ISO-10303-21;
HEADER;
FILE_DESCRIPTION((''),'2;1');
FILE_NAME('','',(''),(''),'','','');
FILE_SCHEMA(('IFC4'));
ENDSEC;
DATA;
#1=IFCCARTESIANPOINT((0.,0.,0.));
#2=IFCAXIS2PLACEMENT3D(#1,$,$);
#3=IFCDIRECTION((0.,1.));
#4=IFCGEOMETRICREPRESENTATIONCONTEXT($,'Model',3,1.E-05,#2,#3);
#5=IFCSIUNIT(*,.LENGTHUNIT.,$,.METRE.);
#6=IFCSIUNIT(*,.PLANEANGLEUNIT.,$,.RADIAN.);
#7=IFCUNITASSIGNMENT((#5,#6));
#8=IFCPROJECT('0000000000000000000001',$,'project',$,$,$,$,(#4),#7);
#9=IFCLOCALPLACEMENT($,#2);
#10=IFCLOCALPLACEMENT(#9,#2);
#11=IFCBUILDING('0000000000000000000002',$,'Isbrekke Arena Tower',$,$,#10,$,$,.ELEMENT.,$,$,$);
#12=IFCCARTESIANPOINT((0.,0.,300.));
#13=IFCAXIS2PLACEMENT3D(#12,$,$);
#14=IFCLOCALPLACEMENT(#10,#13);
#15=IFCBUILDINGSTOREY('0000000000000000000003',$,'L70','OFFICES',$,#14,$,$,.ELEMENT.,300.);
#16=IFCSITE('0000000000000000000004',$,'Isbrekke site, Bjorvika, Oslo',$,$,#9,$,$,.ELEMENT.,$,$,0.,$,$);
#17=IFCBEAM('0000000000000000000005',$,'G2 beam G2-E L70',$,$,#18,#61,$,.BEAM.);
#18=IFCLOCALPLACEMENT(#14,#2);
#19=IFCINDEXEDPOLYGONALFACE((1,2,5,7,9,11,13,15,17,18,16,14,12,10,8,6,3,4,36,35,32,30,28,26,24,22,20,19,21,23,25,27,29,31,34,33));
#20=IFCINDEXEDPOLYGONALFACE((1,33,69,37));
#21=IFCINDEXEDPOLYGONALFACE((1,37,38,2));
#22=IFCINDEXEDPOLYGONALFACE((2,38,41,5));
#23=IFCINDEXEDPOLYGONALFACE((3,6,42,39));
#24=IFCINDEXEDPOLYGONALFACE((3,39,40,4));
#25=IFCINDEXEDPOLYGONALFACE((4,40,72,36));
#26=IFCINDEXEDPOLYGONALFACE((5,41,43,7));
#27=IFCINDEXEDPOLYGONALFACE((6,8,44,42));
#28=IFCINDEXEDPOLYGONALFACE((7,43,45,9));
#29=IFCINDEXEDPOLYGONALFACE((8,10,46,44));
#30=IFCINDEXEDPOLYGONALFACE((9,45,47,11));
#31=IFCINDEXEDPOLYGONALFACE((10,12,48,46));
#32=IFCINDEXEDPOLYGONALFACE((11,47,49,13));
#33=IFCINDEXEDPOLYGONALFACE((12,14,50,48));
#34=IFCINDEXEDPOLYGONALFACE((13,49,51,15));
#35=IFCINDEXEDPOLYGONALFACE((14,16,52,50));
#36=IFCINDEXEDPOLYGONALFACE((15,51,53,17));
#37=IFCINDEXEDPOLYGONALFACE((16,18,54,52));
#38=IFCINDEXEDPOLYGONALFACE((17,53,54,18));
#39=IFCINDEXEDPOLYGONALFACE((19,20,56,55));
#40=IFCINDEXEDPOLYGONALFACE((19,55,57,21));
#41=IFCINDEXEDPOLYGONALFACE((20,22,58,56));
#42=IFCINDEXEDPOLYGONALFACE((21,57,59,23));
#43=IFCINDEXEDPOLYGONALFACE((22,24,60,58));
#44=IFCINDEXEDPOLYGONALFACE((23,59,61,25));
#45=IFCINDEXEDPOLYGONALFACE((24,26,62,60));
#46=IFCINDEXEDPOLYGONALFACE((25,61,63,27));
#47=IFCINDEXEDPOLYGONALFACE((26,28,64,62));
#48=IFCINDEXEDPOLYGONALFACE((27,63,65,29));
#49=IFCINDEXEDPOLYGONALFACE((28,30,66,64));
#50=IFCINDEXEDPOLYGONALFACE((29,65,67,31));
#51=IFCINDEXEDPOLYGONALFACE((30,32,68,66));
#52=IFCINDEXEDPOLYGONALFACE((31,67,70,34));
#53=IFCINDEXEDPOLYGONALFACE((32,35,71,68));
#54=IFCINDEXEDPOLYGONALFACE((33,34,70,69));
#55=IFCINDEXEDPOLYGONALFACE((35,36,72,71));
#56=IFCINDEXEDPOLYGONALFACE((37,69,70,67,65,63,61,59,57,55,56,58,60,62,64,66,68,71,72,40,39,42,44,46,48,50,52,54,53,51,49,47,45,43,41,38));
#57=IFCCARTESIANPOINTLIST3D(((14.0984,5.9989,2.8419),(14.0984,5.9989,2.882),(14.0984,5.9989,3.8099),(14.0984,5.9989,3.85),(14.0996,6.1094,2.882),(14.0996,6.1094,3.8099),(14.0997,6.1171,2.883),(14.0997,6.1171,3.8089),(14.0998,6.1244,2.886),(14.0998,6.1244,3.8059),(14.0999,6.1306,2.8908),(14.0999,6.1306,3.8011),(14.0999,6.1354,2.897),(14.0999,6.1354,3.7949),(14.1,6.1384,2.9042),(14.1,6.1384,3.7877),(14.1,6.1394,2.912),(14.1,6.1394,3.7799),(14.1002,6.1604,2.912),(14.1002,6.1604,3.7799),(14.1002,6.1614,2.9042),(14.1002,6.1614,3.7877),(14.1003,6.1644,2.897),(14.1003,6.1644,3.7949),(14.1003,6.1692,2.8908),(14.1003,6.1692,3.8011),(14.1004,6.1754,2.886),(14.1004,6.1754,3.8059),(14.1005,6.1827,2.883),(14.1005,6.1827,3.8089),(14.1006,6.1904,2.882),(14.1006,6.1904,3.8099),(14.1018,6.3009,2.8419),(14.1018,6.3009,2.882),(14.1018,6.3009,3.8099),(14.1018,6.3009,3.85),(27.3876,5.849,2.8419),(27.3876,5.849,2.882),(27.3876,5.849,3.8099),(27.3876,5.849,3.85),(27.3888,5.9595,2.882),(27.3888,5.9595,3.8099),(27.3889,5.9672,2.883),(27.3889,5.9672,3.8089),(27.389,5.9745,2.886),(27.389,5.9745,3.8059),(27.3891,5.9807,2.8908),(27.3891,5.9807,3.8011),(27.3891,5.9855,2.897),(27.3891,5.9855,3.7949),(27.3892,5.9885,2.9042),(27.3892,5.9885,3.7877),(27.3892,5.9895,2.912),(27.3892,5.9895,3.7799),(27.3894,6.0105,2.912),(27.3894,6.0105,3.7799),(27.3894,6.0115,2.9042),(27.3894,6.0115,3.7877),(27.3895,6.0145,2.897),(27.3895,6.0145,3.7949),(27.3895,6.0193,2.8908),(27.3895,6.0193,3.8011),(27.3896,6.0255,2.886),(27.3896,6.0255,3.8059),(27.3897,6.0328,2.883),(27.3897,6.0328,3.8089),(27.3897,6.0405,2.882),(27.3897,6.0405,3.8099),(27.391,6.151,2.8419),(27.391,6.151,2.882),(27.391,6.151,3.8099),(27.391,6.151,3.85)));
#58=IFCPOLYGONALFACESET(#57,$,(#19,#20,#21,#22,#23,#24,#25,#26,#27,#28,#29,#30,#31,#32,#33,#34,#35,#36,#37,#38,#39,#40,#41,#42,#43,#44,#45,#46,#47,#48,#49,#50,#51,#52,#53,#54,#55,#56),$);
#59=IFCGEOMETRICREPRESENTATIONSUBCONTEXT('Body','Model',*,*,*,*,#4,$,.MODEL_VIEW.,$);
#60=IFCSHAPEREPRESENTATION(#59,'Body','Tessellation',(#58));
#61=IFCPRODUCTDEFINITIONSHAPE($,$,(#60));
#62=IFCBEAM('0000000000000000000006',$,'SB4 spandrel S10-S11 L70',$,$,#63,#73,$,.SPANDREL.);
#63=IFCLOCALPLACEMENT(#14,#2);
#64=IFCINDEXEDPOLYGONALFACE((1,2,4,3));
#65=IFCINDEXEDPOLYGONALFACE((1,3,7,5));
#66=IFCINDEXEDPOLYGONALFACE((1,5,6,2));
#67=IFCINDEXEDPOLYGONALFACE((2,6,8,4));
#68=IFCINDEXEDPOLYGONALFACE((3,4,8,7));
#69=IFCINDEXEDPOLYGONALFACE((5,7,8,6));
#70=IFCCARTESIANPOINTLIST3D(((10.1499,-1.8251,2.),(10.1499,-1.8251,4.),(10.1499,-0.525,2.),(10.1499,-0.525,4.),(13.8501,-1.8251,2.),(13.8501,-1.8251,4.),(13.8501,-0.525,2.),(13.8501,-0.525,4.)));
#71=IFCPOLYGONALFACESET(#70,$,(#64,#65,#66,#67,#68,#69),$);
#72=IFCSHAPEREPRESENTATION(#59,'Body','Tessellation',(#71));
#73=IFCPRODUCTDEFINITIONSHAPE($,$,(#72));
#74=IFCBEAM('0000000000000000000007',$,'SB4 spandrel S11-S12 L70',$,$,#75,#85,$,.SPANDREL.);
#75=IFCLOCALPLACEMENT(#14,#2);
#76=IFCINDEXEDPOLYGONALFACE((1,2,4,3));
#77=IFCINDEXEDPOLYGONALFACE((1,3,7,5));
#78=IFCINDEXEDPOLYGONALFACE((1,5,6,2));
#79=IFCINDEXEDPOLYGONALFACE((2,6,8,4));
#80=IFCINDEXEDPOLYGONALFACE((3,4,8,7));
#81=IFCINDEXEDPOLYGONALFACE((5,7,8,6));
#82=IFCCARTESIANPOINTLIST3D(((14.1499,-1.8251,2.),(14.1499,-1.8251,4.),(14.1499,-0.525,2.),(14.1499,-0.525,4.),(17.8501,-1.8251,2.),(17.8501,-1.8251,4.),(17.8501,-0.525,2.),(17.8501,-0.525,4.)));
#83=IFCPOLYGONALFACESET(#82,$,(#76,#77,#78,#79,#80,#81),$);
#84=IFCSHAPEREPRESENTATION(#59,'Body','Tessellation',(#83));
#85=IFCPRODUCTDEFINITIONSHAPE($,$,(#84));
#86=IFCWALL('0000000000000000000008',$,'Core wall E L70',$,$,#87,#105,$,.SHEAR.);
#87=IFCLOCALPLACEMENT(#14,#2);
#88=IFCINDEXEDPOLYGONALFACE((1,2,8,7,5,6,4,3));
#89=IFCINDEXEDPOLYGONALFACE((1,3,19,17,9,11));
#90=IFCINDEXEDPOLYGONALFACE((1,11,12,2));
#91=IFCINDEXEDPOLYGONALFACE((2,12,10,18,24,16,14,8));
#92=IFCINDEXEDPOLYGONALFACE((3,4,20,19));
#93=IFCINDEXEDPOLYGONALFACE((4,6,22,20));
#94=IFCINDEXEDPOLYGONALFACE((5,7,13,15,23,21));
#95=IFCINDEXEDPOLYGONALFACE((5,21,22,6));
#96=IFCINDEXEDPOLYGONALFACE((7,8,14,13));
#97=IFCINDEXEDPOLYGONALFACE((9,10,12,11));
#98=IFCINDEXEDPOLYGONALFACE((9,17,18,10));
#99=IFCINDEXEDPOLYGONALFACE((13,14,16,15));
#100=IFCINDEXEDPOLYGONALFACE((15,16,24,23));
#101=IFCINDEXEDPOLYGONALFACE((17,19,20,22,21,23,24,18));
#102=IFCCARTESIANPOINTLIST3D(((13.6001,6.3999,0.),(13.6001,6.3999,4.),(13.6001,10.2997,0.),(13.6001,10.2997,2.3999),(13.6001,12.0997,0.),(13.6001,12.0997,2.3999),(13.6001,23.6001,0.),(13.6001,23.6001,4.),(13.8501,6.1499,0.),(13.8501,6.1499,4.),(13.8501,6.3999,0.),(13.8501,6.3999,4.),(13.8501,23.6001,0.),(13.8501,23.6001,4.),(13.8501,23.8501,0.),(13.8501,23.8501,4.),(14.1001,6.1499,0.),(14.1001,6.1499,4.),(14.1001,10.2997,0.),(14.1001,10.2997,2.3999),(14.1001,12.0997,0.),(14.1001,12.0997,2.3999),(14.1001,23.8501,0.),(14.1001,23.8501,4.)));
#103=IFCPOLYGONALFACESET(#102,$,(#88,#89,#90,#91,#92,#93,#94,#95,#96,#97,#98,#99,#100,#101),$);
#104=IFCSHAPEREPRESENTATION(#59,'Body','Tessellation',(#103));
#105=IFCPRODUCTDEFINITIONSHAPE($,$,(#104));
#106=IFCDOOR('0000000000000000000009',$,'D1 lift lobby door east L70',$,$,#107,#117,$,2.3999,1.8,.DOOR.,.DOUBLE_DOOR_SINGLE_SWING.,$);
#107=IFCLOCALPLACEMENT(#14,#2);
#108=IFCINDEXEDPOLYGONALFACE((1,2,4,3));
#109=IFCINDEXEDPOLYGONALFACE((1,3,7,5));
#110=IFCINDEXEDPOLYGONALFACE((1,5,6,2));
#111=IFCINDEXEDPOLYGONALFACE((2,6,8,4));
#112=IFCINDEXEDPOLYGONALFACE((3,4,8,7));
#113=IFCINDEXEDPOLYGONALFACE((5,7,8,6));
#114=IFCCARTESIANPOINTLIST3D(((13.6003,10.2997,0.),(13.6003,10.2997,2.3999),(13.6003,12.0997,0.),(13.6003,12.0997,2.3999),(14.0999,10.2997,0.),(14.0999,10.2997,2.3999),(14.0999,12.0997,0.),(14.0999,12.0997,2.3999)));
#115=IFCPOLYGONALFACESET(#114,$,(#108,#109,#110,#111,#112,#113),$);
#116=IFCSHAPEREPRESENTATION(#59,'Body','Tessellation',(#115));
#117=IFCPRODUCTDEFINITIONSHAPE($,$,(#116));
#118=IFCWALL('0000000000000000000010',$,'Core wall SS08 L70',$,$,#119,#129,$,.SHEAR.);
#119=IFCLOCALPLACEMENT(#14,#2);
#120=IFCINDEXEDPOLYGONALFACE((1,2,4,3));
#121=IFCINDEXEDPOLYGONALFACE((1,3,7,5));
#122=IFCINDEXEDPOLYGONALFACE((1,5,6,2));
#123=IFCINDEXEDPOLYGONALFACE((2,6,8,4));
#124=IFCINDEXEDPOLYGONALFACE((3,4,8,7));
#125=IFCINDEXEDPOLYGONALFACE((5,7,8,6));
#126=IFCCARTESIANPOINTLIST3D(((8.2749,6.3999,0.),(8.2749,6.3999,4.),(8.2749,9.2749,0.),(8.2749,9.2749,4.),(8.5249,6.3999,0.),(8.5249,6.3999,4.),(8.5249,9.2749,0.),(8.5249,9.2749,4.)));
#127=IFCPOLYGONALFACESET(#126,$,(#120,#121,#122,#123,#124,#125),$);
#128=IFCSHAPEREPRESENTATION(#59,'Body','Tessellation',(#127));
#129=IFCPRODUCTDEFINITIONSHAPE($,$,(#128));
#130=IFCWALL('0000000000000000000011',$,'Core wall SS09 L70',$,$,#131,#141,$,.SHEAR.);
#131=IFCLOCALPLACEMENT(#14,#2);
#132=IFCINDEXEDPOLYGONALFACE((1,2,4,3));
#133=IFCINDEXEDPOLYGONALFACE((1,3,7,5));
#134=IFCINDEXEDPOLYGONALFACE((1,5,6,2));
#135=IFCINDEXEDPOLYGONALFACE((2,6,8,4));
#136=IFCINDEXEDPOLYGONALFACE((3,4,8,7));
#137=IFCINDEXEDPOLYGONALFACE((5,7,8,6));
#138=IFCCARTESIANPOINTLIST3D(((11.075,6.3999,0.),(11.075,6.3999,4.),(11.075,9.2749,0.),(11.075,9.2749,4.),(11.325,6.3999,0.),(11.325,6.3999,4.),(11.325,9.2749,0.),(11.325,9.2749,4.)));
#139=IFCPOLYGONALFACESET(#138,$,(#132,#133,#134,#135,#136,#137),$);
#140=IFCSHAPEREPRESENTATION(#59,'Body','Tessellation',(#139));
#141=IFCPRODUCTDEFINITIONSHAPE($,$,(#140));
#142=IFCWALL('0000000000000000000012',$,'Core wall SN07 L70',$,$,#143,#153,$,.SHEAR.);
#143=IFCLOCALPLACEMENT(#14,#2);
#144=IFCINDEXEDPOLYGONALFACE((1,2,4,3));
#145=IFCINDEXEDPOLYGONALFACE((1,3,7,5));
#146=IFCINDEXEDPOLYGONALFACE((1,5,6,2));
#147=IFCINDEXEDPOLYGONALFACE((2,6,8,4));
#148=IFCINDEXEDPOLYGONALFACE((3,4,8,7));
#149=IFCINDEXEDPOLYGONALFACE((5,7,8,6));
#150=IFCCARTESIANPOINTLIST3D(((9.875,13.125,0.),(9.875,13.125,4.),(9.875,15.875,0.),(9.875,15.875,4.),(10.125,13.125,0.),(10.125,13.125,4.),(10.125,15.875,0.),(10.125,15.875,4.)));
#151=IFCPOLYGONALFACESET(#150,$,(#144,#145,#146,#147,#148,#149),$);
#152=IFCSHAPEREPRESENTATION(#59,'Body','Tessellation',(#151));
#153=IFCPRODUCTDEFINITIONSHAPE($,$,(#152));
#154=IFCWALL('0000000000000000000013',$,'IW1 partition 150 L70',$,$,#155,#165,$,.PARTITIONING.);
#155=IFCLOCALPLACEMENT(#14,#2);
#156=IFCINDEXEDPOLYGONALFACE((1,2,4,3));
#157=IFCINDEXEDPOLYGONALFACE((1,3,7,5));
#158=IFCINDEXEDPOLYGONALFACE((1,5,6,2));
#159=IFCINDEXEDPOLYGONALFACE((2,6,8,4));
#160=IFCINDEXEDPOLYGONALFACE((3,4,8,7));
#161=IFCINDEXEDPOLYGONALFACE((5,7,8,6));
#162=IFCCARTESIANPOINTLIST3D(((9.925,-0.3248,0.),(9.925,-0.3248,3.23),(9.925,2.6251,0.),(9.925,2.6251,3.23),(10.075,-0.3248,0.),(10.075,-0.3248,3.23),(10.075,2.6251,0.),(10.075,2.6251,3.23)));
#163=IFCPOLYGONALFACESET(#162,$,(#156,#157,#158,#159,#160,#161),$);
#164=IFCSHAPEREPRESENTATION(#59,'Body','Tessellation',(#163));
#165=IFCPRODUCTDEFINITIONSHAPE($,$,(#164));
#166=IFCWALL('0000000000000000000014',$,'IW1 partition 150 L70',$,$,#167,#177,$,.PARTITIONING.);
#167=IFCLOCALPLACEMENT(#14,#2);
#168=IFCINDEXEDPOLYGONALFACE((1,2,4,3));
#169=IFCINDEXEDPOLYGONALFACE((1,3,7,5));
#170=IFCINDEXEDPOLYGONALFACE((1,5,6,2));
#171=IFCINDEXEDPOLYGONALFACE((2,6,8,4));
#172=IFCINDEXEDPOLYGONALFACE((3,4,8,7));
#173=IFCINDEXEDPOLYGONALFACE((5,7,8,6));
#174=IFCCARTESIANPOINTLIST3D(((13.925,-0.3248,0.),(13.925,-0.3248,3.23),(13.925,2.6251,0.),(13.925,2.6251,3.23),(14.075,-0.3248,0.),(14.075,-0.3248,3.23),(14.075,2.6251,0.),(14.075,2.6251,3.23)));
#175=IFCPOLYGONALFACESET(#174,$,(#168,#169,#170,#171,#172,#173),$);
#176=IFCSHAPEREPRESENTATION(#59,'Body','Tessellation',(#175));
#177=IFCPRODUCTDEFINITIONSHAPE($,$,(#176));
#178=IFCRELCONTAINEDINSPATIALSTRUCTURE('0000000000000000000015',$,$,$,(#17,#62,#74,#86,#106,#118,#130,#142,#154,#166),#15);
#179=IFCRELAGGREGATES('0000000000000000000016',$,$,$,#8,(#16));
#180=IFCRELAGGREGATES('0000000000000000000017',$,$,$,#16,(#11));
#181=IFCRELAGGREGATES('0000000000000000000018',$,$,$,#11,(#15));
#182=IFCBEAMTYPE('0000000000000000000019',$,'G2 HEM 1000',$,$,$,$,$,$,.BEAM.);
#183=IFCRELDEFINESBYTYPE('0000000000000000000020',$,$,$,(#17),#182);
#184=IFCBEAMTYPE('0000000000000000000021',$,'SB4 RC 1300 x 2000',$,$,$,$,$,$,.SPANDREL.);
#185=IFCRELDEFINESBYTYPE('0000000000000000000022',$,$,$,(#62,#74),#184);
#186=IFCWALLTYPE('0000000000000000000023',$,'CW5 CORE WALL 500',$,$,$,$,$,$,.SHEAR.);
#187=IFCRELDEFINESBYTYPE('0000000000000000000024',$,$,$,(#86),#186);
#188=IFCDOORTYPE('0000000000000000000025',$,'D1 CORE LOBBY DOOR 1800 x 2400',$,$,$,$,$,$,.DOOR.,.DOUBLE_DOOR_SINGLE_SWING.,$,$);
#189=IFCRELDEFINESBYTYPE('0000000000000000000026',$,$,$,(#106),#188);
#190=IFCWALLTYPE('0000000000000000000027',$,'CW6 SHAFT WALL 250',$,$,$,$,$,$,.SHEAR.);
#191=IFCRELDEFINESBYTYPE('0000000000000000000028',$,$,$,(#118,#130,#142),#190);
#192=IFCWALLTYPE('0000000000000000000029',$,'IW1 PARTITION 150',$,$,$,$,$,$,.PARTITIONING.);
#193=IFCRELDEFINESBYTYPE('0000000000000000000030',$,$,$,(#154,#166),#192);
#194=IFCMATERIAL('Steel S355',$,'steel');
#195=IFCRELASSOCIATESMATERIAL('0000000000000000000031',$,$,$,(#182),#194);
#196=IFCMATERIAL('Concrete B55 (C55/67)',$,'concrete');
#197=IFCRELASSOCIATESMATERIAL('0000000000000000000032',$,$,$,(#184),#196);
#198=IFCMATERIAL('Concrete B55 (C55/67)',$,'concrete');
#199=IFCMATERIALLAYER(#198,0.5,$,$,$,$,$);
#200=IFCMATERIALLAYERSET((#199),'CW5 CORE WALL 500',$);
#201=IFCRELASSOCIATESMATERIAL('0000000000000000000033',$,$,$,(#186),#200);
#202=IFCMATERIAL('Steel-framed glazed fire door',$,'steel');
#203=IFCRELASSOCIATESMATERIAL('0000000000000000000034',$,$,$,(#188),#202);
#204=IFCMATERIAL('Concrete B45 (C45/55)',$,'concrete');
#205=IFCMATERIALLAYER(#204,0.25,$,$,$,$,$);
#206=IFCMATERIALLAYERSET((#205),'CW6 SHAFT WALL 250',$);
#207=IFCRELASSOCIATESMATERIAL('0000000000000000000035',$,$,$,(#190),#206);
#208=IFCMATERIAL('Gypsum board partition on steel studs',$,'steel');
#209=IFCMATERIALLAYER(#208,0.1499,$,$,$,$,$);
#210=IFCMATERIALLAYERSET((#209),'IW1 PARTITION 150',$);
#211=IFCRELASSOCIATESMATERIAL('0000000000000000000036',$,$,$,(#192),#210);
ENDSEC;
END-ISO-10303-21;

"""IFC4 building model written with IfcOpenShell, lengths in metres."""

from ifc_helpers import new_model, si_unit, direction, frame, frame_2d, origin, origin_2d, place, context, subcontext, project, spatial, polyline, rectangle, i_section, outline, extrude, material, layer, layer_set, material_profile, profile_set, type_object, element, fill, save


model = new_model("IFC4")

# Units and contexts
model_context = context("Model", 3, precision=1e-05, world=origin(), true_north=direction((0.0, 1.0)))
body_context = subcontext(model_context, "Body", "Model", "MODEL_VIEW")
ifc_project = project(units=[si_unit("LENGTHUNIT", "METRE"), si_unit("PLANEANGLEUNIT", "RADIAN")], contexts=[model_context])

# Site, building, storey
site_placement = place(None, origin())
site = spatial("IfcSite", under=ifc_project, at=site_placement, Name="Isbrekke site, Bjorvika, Oslo", CompositionType="ELEMENT", RefElevation=0.0)
building_placement = place(site_placement, origin())
building = spatial("IfcBuilding", under=site, at=building_placement, Name="Isbrekke Arena Tower", CompositionType="ELEMENT")
storey_placement = place(building_placement, frame((0.0, 0.0, 300.0)))
storey = spatial("IfcBuildingStorey", under=building, at=storey_placement, Name="L70", Description="OFFICES", CompositionType="ELEMENT", Elevation=300.0)

# Beams
ifc_material_1 = material(Name="Steel S355", Category="steel")
ifc_material_profile_1 = material_profile(ifc_material_1, i_section(OverallWidth=0.302, OverallDepth=1.0081, WebThickness=0.021, FlangeThickness=0.04, FilletRadius=0.03, at=origin_2d()), Name="HEM 1000")
ifc_profile_set_1 = profile_set([ifc_material_profile_1], Name="Steel S355")
beam_type_1 = type_object("IfcBeamType", Name="G2 HEM 1000", PredefinedType="BEAM", material=ifc_profile_set_1)
beam_1_placement = place(storey_placement, frame((14.1001, 6.1499, 3.3459), z_axis=(0.999936, -0.011279, 0.0), x_axis=(0.011279, 0.999936, 0.0)))
element("IfcBeam", 1, at=beam_1_placement, inside=storey, type_object=beam_type_1, Name="G2 beam G2-E L70", PredefinedType="BEAM", context=body_context, shape_type="SweptSolid", body=[
    extrude(i_section(OverallWidth=0.302, OverallDepth=1.0081, WebThickness=0.021, FlangeThickness=0.04, FilletRadius=0.03, at=origin_2d()), origin(), (0.0, 0.0, 1.0), 13.29),
])
ifc_material_2 = material(Name="Concrete B55 (C55/67)", Category="concrete")
ifc_material_profile_2 = material_profile(ifc_material_2, rectangle(XDim=1.3, YDim=2.0, at=origin_2d()), Name="RC 1300x2000")
ifc_profile_set_2 = profile_set([ifc_material_profile_2], Name="Concrete B55 (C55/67)")
beam_type_2 = type_object("IfcBeamType", Name="SB4 RC 1300 x 2000", PredefinedType="SPANDREL", material=ifc_profile_set_2)
for number, where, z_axis, x_axis, name in (
    (2, (10.1499, -1.175, 3.0), (1.0, 0.0, 0.0), (0.0, 1.0, 0.0), "SB4 spandrel S10-S11 L70"),
    (3, (14.1499, -1.175, 3.0), (1.0, 0.0, 0.0), (0.0, 1.0, 0.0), "SB4 spandrel S11-S12 L70"),
):
    element("IfcBeam", number, at=place(storey_placement, frame(where, z_axis=z_axis, x_axis=x_axis)), inside=storey, type_object=beam_type_2, Name=name, PredefinedType="SPANDREL", context=body_context, shape_type="SweptSolid", body=[
        extrude(rectangle(XDim=1.3, YDim=2.0, at=origin_2d()), origin(), (0.0, 0.0, 1.0), 3.7002),
    ])

# Wall, opening, door
ifc_material_3 = material(Name="Concrete B55 (C55/67)", Category="concrete")
ifc_layer_1 = layer(ifc_material_3, 0.5)
ifc_layer_set_1 = layer_set([ifc_layer_1], Name="CW5 CORE WALL 500")
wall_type_1 = type_object("IfcWallType", Name="CW5 CORE WALL 500", PredefinedType="SHEAR", material=ifc_layer_set_1)
wall_1_placement = place(storey_placement, frame((13.8501, 6.1499, 0.0), z_axis=(0.0, 0.0, 1.0), x_axis=(0.0, 1.0, 0.0)))
wall_1 = element("IfcWall", 4, at=wall_1_placement, inside=storey, type_object=wall_type_1, Name="Core wall E L70", PredefinedType="SHEAR", context=body_context, shape_type="SweptSolid", body=[
    extrude(outline(polyline([(0.0, -0.25), (17.7002, -0.25), (17.7002, 0.0), (17.4502, 0.0), (17.4502, 0.25), (0.25, 0.25), (0.25, 0.0), (0.0, 0.0), (0.0, -0.25)])), origin(), (0.0, 0.0, 1.0), 4.0),
])
opening_1_placement = place(wall_1_placement, frame((4.1499, 0.0, 0.0)))
opening_1 = element("IfcOpeningElement", 5, at=opening_1_placement, cuts=wall_1, PredefinedType="OPENING", context=body_context, shape_type="SweptSolid", body=[
    extrude(rectangle(XDim=1.8, YDim=2.3999, at=frame_2d((0.8999, 1.2))), frame((0.0, 0.2649, 0.0), z_axis=(0.0, -1.0, 0.0), x_axis=(1.0, 0.0, 0.0)), (0.0, 0.0, 1.0), 0.5298),
])
ifc_material_4 = material(Name="Steel-framed glazed fire door", Category="steel")
door_type_1 = type_object("IfcDoorType", Name="D1 CORE LOBBY DOOR 1800 x 2400", OperationType="DOUBLE_DOOR_SINGLE_SWING", PredefinedType="DOOR", material=ifc_material_4)
door_1_placement = place(opening_1_placement, origin())
door_1 = element("IfcDoor", 6, at=door_1_placement, inside=storey, type_object=door_type_1, Name="D1 lift lobby door east L70", OperationType="DOUBLE_DOOR_SINGLE_SWING", OverallHeight=2.3999, OverallWidth=1.8, PredefinedType="DOOR", context=body_context, shape_type="SweptSolid", body=[
    extrude(rectangle(XDim=1.8, YDim=2.3999, at=frame_2d((0.8999, 1.2))), frame((0.0, 0.2498, 0.0), z_axis=(0.0, -1.0, 0.0), x_axis=(1.0, 0.0, 0.0)), (0.0, 0.0, 1.0), 0.4995),
])
fill(opening_1, door_1)

# Walls
ifc_material_5 = material(Name="Concrete B45 (C45/55)", Category="concrete")
ifc_layer_2 = layer(ifc_material_5, 0.25)
ifc_layer_set_2 = layer_set([ifc_layer_2], Name="CW6 SHAFT WALL 250")
wall_type_2 = type_object("IfcWallType", Name="CW6 SHAFT WALL 250", PredefinedType="SHEAR", material=ifc_layer_set_2)
for number, where, z_axis, x_axis, name in (
    (7, (8.3999, 6.3999, 0.0), (0.0, 0.0, 1.0), (0.0, 1.0, 0.0), "Core wall SS08 L70"),
    (8, (11.2, 6.3999, 0.0), (0.0, 0.0, 1.0), (0.0, 1.0, 0.0), "Core wall SS09 L70"),
):
    element("IfcWall", number, at=place(storey_placement, frame(where, z_axis=z_axis, x_axis=x_axis)), inside=storey, type_object=wall_type_2, Name=name, PredefinedType="SHEAR", context=body_context, shape_type="SweptSolid", body=[
        extrude(rectangle(XDim=2.875, YDim=0.25, at=frame_2d((1.4375, 0.0))), origin(), (0.0, 0.0, 1.0), 4.0),
    ])
wall_2_placement = place(storey_placement, frame((10.0, 13.125, 0.0), z_axis=(0.0, 0.0, 1.0), x_axis=(0.0, 1.0, 0.0)))
element("IfcWall", 9, at=wall_2_placement, inside=storey, type_object=wall_type_2, Name="Core wall SN07 L70", PredefinedType="SHEAR", context=body_context, shape_type="SweptSolid", body=[
    extrude(rectangle(XDim=2.75, YDim=0.25, at=frame_2d((1.375, 0.0))), origin(), (0.0, 0.0, 1.0), 4.0),
])
ifc_material_6 = material(Name="Gypsum board partition on steel studs", Category="steel")
ifc_layer_3 = layer(ifc_material_6, 0.1499)
ifc_layer_set_3 = layer_set([ifc_layer_3], Name="IW1 PARTITION 150")
wall_type_3 = type_object("IfcWallType", Name="IW1 PARTITION 150", PredefinedType="PARTITIONING", material=ifc_layer_set_3)
for number, where, z_axis, x_axis, name in (
    (10, (10.0, -0.325, 0.0), (0.0, 0.0, 1.0), (0.0, 1.0, 0.0), "IW1 partition 150 L70"),
    (11, (14.0, -0.325, 0.0), (0.0, 0.0, 1.0), (0.0, 1.0, 0.0), "IW1 partition 150 L70"),
):
    element("IfcWall", number, at=place(storey_placement, frame(where, z_axis=z_axis, x_axis=x_axis)), inside=storey, type_object=wall_type_3, Name=name, PredefinedType="PARTITIONING", context=body_context, shape_type="SweptSolid", body=[
        extrude(rectangle(XDim=2.95, YDim=0.1499, at=frame_2d((1.4751, 0.0))), origin(), (0.0, 0.0, 1.0), 3.23),
    ])

save(model, "model.ifc")
